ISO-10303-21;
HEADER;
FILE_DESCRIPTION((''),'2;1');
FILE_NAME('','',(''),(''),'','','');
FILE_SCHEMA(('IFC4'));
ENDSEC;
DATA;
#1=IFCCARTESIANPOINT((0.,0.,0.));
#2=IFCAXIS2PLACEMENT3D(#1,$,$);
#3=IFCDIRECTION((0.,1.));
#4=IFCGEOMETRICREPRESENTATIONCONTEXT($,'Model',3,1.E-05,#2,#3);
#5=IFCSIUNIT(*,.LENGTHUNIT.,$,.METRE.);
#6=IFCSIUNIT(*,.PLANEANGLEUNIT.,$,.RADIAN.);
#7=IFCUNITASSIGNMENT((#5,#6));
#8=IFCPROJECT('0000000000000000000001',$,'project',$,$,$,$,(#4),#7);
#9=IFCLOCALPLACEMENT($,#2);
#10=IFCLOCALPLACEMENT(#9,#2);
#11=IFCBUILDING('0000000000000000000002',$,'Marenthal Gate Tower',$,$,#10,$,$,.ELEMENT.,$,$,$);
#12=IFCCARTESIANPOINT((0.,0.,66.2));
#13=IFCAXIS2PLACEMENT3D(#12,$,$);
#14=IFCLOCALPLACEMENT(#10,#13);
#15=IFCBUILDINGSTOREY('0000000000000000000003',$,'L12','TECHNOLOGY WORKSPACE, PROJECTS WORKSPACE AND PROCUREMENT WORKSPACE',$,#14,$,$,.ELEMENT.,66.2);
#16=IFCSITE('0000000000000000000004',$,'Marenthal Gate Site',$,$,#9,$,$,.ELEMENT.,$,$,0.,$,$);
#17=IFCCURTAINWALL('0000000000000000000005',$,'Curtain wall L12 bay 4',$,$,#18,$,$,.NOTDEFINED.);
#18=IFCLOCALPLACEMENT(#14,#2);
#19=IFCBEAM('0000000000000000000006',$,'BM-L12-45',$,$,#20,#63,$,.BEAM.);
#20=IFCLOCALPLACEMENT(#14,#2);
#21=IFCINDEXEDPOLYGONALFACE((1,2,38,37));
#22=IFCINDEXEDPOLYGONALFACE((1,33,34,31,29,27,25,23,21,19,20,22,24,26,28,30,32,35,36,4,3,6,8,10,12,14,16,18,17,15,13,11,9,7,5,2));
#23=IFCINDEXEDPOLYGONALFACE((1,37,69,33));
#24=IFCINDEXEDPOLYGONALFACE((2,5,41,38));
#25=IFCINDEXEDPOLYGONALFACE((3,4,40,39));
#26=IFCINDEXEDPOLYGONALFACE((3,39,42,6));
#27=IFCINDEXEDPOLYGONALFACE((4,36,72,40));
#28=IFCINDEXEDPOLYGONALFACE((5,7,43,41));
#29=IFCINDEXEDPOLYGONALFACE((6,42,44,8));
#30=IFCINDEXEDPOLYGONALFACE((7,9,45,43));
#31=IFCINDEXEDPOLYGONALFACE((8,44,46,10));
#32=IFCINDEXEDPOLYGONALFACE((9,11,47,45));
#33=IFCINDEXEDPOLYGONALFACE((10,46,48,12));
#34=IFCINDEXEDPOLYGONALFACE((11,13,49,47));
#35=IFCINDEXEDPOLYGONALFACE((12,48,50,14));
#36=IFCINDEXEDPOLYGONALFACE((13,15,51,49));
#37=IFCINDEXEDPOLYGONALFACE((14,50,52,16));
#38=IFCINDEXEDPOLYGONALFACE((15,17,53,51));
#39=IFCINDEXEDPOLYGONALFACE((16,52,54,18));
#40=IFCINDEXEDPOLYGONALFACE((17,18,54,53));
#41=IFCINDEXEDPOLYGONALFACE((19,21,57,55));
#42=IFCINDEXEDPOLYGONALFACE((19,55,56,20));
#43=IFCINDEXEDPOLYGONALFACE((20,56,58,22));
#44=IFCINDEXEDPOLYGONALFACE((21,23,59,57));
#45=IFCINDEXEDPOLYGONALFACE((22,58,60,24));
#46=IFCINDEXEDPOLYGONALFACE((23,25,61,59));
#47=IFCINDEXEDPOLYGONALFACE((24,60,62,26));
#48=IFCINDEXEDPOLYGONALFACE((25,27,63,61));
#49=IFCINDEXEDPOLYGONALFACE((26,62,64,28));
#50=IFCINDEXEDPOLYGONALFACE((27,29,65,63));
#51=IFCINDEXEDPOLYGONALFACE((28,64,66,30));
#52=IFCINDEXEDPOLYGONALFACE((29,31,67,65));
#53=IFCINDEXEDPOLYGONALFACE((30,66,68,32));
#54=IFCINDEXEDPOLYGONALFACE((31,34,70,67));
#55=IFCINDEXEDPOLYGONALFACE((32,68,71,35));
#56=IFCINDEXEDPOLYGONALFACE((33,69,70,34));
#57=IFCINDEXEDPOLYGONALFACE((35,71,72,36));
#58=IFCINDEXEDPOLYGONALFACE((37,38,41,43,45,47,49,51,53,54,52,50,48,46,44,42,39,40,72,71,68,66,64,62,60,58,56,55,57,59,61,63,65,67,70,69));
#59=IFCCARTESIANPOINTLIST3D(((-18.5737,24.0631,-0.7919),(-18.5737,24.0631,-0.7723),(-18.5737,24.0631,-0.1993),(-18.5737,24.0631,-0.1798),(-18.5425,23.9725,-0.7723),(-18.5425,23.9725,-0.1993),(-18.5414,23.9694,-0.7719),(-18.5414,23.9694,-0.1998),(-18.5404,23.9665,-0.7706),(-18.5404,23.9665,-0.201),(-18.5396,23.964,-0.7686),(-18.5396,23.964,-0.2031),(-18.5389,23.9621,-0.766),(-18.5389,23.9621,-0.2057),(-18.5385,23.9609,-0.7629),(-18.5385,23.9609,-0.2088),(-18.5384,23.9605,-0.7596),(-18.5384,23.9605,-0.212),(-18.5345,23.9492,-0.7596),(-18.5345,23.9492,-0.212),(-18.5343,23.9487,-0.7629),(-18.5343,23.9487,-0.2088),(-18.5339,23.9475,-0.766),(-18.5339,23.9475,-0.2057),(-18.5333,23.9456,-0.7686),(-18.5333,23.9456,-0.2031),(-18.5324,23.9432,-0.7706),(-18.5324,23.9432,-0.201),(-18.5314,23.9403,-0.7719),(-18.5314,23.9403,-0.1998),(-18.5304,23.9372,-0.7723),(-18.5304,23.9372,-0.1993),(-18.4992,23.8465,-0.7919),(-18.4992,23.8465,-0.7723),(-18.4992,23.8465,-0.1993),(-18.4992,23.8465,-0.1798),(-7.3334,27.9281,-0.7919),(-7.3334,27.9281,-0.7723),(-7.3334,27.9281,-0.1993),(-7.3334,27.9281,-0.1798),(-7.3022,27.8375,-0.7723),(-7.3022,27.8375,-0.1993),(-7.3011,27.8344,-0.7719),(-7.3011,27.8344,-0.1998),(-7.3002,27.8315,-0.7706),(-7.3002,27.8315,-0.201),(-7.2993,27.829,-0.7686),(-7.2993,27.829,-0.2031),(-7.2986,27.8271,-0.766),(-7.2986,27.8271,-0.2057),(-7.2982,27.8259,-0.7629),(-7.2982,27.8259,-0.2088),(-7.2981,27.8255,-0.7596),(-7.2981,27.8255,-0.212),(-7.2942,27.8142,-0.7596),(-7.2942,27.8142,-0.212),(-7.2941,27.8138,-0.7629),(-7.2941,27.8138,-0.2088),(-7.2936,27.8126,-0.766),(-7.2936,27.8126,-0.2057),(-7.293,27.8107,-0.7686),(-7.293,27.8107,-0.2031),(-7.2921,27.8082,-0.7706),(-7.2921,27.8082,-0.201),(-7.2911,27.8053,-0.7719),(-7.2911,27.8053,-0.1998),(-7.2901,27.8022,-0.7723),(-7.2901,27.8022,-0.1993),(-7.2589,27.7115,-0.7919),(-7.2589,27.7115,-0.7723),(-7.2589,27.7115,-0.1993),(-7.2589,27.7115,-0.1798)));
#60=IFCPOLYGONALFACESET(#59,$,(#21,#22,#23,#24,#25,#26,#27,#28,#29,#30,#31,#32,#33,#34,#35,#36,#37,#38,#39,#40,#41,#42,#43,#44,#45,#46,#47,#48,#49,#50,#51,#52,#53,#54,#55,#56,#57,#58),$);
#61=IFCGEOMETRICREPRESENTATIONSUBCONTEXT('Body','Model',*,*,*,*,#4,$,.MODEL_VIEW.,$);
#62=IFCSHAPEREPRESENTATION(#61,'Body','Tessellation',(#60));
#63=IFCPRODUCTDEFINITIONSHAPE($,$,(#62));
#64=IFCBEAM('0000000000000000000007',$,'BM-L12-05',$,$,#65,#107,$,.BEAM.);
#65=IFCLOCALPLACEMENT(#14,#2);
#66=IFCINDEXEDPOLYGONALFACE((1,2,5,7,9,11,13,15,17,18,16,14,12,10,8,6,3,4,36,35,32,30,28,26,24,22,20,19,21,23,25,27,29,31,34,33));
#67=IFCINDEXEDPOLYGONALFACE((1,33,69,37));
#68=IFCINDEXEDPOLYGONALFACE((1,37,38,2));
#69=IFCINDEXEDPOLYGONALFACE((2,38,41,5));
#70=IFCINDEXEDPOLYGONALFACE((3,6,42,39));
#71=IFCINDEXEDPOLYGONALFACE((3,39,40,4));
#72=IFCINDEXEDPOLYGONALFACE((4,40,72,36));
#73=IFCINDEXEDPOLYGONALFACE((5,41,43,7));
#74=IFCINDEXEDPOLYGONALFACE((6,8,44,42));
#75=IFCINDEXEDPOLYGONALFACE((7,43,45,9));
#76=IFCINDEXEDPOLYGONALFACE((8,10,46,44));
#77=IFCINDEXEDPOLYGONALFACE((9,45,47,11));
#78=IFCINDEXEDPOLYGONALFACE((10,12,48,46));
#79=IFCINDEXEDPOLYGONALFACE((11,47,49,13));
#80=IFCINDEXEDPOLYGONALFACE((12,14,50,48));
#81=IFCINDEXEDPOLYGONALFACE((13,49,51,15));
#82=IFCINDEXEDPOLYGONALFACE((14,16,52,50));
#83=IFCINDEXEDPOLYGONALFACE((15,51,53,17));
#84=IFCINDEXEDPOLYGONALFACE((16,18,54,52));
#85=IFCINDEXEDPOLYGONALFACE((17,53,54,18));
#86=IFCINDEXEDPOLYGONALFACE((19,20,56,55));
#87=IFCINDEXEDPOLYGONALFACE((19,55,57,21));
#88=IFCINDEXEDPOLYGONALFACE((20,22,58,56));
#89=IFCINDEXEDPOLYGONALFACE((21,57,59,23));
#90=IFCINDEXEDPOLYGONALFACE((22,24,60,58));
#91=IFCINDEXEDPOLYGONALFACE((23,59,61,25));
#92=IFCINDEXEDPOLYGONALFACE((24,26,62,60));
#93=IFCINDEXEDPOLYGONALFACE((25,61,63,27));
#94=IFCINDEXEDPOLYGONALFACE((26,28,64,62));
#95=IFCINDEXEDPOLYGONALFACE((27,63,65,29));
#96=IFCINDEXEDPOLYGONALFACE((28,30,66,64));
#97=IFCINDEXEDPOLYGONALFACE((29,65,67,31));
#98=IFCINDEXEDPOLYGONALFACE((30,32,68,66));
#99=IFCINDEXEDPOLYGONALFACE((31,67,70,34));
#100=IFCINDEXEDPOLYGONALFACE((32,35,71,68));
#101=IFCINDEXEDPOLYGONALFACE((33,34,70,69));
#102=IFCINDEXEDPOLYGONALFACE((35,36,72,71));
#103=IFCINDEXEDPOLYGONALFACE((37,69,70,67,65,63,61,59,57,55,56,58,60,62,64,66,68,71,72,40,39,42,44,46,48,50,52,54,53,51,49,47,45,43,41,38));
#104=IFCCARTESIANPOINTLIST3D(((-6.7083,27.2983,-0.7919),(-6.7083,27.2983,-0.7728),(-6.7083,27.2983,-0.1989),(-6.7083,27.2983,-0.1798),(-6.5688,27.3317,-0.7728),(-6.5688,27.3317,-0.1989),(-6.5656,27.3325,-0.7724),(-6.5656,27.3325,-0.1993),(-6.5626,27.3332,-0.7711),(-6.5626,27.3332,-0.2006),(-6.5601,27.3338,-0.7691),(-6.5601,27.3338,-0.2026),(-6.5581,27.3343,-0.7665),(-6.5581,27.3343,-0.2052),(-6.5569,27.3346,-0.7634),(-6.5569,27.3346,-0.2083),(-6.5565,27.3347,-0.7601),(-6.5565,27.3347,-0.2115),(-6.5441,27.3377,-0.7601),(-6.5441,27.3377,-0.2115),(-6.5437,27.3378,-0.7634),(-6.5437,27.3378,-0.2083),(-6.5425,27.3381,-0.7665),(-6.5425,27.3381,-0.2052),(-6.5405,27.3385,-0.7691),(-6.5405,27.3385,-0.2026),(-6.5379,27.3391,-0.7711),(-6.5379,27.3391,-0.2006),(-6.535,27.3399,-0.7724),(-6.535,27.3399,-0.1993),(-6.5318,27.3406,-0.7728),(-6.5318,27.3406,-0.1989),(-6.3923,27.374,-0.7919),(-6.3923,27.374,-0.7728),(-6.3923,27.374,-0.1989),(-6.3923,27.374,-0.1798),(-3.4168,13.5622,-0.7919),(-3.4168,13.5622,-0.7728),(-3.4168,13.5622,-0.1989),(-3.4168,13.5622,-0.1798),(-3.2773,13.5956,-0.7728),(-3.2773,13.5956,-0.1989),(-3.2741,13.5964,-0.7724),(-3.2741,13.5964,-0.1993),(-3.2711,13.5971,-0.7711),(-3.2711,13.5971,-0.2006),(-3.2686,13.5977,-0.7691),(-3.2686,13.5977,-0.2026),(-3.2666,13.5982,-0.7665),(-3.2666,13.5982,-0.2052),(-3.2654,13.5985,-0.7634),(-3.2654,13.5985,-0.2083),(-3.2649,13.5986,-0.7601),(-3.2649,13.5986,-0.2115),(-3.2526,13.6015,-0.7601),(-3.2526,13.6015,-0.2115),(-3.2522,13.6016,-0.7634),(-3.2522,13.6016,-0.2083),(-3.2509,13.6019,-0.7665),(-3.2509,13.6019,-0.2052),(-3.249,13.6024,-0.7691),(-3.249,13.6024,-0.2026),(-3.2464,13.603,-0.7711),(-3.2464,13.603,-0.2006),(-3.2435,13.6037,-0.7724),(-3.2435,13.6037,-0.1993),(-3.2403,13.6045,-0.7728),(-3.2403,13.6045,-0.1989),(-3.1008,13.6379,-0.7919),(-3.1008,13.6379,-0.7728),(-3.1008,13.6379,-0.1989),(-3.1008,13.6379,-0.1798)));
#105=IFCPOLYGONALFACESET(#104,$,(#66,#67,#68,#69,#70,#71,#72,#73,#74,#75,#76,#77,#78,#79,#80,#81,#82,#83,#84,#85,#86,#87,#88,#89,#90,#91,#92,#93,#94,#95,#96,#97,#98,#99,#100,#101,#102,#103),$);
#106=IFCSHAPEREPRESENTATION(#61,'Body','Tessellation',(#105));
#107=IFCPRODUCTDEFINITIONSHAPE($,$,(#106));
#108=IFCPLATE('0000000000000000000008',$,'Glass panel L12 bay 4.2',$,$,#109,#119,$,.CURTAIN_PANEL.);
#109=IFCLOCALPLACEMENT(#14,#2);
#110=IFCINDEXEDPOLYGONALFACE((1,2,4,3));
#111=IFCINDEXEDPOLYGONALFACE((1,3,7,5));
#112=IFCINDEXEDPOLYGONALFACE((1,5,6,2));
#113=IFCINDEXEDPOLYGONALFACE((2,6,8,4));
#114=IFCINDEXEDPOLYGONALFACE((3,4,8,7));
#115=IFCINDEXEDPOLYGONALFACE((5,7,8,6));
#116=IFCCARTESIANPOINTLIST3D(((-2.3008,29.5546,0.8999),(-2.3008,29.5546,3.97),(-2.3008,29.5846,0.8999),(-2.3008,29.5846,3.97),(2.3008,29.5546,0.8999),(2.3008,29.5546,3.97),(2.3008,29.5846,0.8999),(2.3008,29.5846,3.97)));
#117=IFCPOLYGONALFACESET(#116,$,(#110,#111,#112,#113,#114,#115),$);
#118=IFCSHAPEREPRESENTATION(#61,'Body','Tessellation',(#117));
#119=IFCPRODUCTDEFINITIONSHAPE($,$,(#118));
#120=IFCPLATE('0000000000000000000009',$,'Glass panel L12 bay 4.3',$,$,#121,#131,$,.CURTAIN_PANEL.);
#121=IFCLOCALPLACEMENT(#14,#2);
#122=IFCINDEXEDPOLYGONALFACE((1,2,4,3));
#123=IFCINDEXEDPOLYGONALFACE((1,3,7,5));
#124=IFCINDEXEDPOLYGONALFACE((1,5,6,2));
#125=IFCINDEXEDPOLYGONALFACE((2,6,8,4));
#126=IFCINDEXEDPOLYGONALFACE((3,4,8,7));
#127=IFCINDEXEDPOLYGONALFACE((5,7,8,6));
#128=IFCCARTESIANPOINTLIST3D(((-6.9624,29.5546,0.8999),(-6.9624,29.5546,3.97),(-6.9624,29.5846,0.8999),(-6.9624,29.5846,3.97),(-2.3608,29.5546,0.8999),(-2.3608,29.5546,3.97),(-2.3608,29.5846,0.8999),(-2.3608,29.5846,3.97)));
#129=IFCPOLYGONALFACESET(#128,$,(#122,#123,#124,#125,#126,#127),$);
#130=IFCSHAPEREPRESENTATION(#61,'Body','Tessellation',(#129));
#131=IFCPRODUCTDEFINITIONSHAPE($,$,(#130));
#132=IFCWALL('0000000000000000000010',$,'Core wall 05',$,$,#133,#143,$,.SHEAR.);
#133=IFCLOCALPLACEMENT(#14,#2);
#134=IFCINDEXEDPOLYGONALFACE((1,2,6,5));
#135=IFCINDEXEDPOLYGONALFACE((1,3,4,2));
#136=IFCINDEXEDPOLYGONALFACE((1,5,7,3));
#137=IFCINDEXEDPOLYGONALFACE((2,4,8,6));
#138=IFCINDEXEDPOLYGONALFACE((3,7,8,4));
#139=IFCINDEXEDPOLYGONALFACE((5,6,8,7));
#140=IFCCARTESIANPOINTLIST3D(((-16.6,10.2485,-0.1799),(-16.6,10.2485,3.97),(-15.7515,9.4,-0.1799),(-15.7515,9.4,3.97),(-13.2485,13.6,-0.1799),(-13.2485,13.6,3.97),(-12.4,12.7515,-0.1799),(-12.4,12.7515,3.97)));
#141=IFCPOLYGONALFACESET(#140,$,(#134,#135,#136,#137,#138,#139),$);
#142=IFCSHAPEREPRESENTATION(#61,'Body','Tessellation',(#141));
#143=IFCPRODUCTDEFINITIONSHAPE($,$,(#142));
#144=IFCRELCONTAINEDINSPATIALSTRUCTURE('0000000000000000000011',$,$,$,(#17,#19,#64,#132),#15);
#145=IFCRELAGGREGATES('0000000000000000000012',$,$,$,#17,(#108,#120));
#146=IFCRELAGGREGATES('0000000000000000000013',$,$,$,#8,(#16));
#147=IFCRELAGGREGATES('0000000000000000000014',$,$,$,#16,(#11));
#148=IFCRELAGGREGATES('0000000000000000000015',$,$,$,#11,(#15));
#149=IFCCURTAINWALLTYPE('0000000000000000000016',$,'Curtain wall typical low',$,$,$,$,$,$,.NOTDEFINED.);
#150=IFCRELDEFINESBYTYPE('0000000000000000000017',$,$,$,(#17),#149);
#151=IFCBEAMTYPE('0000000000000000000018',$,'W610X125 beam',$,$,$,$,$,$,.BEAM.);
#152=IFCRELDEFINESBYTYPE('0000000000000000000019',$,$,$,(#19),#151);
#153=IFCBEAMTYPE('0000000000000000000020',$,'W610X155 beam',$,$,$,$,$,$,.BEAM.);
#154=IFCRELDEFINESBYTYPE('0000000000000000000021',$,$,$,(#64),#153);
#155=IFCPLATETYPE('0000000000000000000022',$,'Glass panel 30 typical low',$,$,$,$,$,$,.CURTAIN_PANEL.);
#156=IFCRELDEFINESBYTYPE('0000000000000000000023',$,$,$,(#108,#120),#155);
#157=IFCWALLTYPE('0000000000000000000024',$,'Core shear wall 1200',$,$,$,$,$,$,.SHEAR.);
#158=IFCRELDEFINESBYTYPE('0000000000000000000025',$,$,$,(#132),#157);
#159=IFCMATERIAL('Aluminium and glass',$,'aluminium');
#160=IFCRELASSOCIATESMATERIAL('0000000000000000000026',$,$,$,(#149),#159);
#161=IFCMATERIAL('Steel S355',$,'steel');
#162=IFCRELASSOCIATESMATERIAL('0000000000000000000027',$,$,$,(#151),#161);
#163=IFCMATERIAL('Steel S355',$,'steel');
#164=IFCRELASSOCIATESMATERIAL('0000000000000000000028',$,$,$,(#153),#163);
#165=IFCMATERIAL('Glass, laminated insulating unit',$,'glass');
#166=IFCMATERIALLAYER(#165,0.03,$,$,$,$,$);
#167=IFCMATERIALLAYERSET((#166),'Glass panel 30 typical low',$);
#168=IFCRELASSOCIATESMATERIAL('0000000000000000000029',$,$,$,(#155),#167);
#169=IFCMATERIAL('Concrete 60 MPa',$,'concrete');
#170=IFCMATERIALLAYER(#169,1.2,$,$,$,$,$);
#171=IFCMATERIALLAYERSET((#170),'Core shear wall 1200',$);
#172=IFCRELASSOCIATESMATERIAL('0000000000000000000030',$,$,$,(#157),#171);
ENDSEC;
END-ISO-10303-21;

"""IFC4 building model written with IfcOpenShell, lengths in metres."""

from ifc_helpers import new_model, si_unit, direction, frame, frame_2d, origin, origin_2d, place, context, subcontext, project, spatial, rectangle, i_section, extrude, material, layer, layer_set, material_profile, profile_set, type_object, element, aggregate, save


model = new_model("IFC4")

# Units and contexts
model_context = context("Model", 3, precision=1e-05, world=origin(), true_north=direction((0.0, 1.0)))
body_context = subcontext(model_context, "Body", "Model", "MODEL_VIEW")
ifc_project = project(units=[si_unit("LENGTHUNIT", "METRE"), si_unit("PLANEANGLEUNIT", "RADIAN")], contexts=[model_context])

# Site, building, storey
site_placement = place(None, origin())
site = spatial("IfcSite", under=ifc_project, at=site_placement, Name="Marenthal Gate Site", CompositionType="ELEMENT", RefElevation=0.0)
building_placement = place(site_placement, origin())
building = spatial("IfcBuilding", under=site, at=building_placement, Name="Marenthal Gate Tower", CompositionType="ELEMENT")
storey_placement = place(building_placement, frame((0.0, 0.0, 66.2)))
storey = spatial("IfcBuildingStorey", under=building, at=storey_placement, Name="L12", Description="TECHNOLOGY WORKSPACE, PROJECTS WORKSPACE AND PROCUREMENT WORKSPACE", CompositionType="ELEMENT", Elevation=66.2)

# Curtain wall
ifc_material_1 = material(Name="Aluminium and glass", Category="aluminium")
curtain_wall_type = type_object("IfcCurtainWallType", Name="Curtain wall typical low", PredefinedType="NOTDEFINED", material=ifc_material_1)
curtain_wall_placement = place(storey_placement, origin())
curtain_wall = element("IfcCurtainWall", 1, at=curtain_wall_placement, inside=storey, type_object=curtain_wall_type, Name="Curtain wall L12 bay 4", PredefinedType="NOTDEFINED")

# Beams
ifc_material_2 = material(Name="Steel S355", Category="steel")
ifc_material_profile_1 = material_profile(ifc_material_2, i_section(OverallWidth=0.229, OverallDepth=0.6121, WebThickness=0.012, FlangeThickness=0.0195, FilletRadius=0.0127, at=origin_2d()), Name="W610X125")
ifc_profile_set_1 = profile_set([ifc_material_profile_1], Name="Steel S355")
beam_type_1 = type_object("IfcBeamType", Name="W610X125 beam", PredefinedType="BEAM", material=ifc_profile_set_1)
beam_1_placement = place(storey_placement, frame((-7.2961, 27.8198, -0.4858), z_axis=(-0.945657, -0.325167, 0.0), x_axis=(0.325167, -0.945657, 0.0)))
element("IfcBeam", 2, at=beam_1_placement, inside=storey, type_object=beam_type_1, Name="BM-L12-45", PredefinedType="BEAM", context=body_context, shape_type="SweptSolid", body=[
    extrude(i_section(OverallWidth=0.229, OverallDepth=0.6121, WebThickness=0.012, FlangeThickness=0.0195, FilletRadius=0.0127, at=origin_2d()), origin(), (0.0, 0.0, 1.0), 11.8862),
])
ifc_material_3 = material(Name="Steel S355", Category="steel")
ifc_material_profile_2 = material_profile(ifc_material_3, i_section(OverallWidth=0.325, OverallDepth=0.6121, WebThickness=0.0127, FlangeThickness=0.019, FilletRadius=0.0127, at=origin_2d()), Name="W610X155")
ifc_profile_set_2 = profile_set([ifc_material_profile_2], Name="Steel S355")
beam_type_2 = type_object("IfcBeamType", Name="W610X155 beam", PredefinedType="BEAM", material=ifc_profile_set_2)
beam_2_placement = place(storey_placement, frame((-6.5503, 27.3362, -0.4858), z_axis=(0.233028, -0.97247, 0.0), x_axis=(0.97247, 0.233028, 0.0)))
element("IfcBeam", 3, at=beam_2_placement, inside=storey, type_object=beam_type_2, Name="BM-L12-05", PredefinedType="BEAM", context=body_context, shape_type="SweptSolid", body=[
    extrude(i_section(OverallWidth=0.325, OverallDepth=0.6121, WebThickness=0.0127, FlangeThickness=0.019, FilletRadius=0.0127, at=origin_2d()), origin(), (0.0, 0.0, 1.0), 14.125),
])

# Plates
ifc_material_4 = material(Name="Glass, laminated insulating unit", Category="glass")
ifc_layer_1 = layer(ifc_material_4, 0.03)
ifc_layer_set_1 = layer_set([ifc_layer_1], Name="Glass panel 30 typical low")
plate_type = type_object("IfcPlateType", Name="Glass panel 30 typical low", PredefinedType="CURTAIN_PANEL", material=ifc_layer_set_1)
plate_1_placement = place(storey_placement, frame((0.0, 29.5696, 0.8999), z_axis=(0.0, 0.0, 1.0), x_axis=(-1.0, 0.0, 0.0)))
plate_1 = element("IfcPlate", 4, at=plate_1_placement, type_object=plate_type, Name="Glass panel L12 bay 4.2", PredefinedType="CURTAIN_PANEL", context=body_context, shape_type="SweptSolid", body=[
    extrude(rectangle(XDim=4.6016, YDim=0.03, at=origin_2d()), origin(), (0.0, 0.0, 1.0), 3.0701),
])
plate_2_placement = place(storey_placement, frame((-4.6616, 29.5696, 0.8999), z_axis=(0.0, 0.0, 1.0), x_axis=(-1.0, 0.0, 0.0)))
plate_2 = element("IfcPlate", 5, at=plate_2_placement, type_object=plate_type, Name="Glass panel L12 bay 4.3", PredefinedType="CURTAIN_PANEL", context=body_context, shape_type="SweptSolid", body=[
    extrude(rectangle(XDim=4.6016, YDim=0.03, at=origin_2d()), origin(), (0.0, 0.0, 1.0), 3.0701),
])
aggregate(curtain_wall, [plate_1, plate_2])

# Wall
ifc_material_5 = material(Name="Concrete 60 MPa", Category="concrete")
ifc_layer_2 = layer(ifc_material_5, 1.2)
ifc_layer_set_2 = layer_set([ifc_layer_2], Name="Core shear wall 1200")
wall_type_1 = type_object("IfcWallType", Name="Core shear wall 1200", PredefinedType="SHEAR", material=ifc_layer_set_2)
wall_1_placement = place(storey_placement, frame((-12.8242, 13.1758, -0.1799), z_axis=(0.0, 0.0, 1.0), x_axis=(-0.707107, -0.707107, 0.0)))
element("IfcWall", 6, at=wall_1_placement, inside=storey, type_object=wall_type_1, Name="Core wall 05", PredefinedType="SHEAR", context=body_context, shape_type="SweptSolid", body=[
    extrude(rectangle(XDim=4.7397, YDim=1.2, at=frame_2d((2.3699, 0.0))), origin(), (0.0, 0.0, 1.0), 4.1499),
])

save(model, "model.ifc")
